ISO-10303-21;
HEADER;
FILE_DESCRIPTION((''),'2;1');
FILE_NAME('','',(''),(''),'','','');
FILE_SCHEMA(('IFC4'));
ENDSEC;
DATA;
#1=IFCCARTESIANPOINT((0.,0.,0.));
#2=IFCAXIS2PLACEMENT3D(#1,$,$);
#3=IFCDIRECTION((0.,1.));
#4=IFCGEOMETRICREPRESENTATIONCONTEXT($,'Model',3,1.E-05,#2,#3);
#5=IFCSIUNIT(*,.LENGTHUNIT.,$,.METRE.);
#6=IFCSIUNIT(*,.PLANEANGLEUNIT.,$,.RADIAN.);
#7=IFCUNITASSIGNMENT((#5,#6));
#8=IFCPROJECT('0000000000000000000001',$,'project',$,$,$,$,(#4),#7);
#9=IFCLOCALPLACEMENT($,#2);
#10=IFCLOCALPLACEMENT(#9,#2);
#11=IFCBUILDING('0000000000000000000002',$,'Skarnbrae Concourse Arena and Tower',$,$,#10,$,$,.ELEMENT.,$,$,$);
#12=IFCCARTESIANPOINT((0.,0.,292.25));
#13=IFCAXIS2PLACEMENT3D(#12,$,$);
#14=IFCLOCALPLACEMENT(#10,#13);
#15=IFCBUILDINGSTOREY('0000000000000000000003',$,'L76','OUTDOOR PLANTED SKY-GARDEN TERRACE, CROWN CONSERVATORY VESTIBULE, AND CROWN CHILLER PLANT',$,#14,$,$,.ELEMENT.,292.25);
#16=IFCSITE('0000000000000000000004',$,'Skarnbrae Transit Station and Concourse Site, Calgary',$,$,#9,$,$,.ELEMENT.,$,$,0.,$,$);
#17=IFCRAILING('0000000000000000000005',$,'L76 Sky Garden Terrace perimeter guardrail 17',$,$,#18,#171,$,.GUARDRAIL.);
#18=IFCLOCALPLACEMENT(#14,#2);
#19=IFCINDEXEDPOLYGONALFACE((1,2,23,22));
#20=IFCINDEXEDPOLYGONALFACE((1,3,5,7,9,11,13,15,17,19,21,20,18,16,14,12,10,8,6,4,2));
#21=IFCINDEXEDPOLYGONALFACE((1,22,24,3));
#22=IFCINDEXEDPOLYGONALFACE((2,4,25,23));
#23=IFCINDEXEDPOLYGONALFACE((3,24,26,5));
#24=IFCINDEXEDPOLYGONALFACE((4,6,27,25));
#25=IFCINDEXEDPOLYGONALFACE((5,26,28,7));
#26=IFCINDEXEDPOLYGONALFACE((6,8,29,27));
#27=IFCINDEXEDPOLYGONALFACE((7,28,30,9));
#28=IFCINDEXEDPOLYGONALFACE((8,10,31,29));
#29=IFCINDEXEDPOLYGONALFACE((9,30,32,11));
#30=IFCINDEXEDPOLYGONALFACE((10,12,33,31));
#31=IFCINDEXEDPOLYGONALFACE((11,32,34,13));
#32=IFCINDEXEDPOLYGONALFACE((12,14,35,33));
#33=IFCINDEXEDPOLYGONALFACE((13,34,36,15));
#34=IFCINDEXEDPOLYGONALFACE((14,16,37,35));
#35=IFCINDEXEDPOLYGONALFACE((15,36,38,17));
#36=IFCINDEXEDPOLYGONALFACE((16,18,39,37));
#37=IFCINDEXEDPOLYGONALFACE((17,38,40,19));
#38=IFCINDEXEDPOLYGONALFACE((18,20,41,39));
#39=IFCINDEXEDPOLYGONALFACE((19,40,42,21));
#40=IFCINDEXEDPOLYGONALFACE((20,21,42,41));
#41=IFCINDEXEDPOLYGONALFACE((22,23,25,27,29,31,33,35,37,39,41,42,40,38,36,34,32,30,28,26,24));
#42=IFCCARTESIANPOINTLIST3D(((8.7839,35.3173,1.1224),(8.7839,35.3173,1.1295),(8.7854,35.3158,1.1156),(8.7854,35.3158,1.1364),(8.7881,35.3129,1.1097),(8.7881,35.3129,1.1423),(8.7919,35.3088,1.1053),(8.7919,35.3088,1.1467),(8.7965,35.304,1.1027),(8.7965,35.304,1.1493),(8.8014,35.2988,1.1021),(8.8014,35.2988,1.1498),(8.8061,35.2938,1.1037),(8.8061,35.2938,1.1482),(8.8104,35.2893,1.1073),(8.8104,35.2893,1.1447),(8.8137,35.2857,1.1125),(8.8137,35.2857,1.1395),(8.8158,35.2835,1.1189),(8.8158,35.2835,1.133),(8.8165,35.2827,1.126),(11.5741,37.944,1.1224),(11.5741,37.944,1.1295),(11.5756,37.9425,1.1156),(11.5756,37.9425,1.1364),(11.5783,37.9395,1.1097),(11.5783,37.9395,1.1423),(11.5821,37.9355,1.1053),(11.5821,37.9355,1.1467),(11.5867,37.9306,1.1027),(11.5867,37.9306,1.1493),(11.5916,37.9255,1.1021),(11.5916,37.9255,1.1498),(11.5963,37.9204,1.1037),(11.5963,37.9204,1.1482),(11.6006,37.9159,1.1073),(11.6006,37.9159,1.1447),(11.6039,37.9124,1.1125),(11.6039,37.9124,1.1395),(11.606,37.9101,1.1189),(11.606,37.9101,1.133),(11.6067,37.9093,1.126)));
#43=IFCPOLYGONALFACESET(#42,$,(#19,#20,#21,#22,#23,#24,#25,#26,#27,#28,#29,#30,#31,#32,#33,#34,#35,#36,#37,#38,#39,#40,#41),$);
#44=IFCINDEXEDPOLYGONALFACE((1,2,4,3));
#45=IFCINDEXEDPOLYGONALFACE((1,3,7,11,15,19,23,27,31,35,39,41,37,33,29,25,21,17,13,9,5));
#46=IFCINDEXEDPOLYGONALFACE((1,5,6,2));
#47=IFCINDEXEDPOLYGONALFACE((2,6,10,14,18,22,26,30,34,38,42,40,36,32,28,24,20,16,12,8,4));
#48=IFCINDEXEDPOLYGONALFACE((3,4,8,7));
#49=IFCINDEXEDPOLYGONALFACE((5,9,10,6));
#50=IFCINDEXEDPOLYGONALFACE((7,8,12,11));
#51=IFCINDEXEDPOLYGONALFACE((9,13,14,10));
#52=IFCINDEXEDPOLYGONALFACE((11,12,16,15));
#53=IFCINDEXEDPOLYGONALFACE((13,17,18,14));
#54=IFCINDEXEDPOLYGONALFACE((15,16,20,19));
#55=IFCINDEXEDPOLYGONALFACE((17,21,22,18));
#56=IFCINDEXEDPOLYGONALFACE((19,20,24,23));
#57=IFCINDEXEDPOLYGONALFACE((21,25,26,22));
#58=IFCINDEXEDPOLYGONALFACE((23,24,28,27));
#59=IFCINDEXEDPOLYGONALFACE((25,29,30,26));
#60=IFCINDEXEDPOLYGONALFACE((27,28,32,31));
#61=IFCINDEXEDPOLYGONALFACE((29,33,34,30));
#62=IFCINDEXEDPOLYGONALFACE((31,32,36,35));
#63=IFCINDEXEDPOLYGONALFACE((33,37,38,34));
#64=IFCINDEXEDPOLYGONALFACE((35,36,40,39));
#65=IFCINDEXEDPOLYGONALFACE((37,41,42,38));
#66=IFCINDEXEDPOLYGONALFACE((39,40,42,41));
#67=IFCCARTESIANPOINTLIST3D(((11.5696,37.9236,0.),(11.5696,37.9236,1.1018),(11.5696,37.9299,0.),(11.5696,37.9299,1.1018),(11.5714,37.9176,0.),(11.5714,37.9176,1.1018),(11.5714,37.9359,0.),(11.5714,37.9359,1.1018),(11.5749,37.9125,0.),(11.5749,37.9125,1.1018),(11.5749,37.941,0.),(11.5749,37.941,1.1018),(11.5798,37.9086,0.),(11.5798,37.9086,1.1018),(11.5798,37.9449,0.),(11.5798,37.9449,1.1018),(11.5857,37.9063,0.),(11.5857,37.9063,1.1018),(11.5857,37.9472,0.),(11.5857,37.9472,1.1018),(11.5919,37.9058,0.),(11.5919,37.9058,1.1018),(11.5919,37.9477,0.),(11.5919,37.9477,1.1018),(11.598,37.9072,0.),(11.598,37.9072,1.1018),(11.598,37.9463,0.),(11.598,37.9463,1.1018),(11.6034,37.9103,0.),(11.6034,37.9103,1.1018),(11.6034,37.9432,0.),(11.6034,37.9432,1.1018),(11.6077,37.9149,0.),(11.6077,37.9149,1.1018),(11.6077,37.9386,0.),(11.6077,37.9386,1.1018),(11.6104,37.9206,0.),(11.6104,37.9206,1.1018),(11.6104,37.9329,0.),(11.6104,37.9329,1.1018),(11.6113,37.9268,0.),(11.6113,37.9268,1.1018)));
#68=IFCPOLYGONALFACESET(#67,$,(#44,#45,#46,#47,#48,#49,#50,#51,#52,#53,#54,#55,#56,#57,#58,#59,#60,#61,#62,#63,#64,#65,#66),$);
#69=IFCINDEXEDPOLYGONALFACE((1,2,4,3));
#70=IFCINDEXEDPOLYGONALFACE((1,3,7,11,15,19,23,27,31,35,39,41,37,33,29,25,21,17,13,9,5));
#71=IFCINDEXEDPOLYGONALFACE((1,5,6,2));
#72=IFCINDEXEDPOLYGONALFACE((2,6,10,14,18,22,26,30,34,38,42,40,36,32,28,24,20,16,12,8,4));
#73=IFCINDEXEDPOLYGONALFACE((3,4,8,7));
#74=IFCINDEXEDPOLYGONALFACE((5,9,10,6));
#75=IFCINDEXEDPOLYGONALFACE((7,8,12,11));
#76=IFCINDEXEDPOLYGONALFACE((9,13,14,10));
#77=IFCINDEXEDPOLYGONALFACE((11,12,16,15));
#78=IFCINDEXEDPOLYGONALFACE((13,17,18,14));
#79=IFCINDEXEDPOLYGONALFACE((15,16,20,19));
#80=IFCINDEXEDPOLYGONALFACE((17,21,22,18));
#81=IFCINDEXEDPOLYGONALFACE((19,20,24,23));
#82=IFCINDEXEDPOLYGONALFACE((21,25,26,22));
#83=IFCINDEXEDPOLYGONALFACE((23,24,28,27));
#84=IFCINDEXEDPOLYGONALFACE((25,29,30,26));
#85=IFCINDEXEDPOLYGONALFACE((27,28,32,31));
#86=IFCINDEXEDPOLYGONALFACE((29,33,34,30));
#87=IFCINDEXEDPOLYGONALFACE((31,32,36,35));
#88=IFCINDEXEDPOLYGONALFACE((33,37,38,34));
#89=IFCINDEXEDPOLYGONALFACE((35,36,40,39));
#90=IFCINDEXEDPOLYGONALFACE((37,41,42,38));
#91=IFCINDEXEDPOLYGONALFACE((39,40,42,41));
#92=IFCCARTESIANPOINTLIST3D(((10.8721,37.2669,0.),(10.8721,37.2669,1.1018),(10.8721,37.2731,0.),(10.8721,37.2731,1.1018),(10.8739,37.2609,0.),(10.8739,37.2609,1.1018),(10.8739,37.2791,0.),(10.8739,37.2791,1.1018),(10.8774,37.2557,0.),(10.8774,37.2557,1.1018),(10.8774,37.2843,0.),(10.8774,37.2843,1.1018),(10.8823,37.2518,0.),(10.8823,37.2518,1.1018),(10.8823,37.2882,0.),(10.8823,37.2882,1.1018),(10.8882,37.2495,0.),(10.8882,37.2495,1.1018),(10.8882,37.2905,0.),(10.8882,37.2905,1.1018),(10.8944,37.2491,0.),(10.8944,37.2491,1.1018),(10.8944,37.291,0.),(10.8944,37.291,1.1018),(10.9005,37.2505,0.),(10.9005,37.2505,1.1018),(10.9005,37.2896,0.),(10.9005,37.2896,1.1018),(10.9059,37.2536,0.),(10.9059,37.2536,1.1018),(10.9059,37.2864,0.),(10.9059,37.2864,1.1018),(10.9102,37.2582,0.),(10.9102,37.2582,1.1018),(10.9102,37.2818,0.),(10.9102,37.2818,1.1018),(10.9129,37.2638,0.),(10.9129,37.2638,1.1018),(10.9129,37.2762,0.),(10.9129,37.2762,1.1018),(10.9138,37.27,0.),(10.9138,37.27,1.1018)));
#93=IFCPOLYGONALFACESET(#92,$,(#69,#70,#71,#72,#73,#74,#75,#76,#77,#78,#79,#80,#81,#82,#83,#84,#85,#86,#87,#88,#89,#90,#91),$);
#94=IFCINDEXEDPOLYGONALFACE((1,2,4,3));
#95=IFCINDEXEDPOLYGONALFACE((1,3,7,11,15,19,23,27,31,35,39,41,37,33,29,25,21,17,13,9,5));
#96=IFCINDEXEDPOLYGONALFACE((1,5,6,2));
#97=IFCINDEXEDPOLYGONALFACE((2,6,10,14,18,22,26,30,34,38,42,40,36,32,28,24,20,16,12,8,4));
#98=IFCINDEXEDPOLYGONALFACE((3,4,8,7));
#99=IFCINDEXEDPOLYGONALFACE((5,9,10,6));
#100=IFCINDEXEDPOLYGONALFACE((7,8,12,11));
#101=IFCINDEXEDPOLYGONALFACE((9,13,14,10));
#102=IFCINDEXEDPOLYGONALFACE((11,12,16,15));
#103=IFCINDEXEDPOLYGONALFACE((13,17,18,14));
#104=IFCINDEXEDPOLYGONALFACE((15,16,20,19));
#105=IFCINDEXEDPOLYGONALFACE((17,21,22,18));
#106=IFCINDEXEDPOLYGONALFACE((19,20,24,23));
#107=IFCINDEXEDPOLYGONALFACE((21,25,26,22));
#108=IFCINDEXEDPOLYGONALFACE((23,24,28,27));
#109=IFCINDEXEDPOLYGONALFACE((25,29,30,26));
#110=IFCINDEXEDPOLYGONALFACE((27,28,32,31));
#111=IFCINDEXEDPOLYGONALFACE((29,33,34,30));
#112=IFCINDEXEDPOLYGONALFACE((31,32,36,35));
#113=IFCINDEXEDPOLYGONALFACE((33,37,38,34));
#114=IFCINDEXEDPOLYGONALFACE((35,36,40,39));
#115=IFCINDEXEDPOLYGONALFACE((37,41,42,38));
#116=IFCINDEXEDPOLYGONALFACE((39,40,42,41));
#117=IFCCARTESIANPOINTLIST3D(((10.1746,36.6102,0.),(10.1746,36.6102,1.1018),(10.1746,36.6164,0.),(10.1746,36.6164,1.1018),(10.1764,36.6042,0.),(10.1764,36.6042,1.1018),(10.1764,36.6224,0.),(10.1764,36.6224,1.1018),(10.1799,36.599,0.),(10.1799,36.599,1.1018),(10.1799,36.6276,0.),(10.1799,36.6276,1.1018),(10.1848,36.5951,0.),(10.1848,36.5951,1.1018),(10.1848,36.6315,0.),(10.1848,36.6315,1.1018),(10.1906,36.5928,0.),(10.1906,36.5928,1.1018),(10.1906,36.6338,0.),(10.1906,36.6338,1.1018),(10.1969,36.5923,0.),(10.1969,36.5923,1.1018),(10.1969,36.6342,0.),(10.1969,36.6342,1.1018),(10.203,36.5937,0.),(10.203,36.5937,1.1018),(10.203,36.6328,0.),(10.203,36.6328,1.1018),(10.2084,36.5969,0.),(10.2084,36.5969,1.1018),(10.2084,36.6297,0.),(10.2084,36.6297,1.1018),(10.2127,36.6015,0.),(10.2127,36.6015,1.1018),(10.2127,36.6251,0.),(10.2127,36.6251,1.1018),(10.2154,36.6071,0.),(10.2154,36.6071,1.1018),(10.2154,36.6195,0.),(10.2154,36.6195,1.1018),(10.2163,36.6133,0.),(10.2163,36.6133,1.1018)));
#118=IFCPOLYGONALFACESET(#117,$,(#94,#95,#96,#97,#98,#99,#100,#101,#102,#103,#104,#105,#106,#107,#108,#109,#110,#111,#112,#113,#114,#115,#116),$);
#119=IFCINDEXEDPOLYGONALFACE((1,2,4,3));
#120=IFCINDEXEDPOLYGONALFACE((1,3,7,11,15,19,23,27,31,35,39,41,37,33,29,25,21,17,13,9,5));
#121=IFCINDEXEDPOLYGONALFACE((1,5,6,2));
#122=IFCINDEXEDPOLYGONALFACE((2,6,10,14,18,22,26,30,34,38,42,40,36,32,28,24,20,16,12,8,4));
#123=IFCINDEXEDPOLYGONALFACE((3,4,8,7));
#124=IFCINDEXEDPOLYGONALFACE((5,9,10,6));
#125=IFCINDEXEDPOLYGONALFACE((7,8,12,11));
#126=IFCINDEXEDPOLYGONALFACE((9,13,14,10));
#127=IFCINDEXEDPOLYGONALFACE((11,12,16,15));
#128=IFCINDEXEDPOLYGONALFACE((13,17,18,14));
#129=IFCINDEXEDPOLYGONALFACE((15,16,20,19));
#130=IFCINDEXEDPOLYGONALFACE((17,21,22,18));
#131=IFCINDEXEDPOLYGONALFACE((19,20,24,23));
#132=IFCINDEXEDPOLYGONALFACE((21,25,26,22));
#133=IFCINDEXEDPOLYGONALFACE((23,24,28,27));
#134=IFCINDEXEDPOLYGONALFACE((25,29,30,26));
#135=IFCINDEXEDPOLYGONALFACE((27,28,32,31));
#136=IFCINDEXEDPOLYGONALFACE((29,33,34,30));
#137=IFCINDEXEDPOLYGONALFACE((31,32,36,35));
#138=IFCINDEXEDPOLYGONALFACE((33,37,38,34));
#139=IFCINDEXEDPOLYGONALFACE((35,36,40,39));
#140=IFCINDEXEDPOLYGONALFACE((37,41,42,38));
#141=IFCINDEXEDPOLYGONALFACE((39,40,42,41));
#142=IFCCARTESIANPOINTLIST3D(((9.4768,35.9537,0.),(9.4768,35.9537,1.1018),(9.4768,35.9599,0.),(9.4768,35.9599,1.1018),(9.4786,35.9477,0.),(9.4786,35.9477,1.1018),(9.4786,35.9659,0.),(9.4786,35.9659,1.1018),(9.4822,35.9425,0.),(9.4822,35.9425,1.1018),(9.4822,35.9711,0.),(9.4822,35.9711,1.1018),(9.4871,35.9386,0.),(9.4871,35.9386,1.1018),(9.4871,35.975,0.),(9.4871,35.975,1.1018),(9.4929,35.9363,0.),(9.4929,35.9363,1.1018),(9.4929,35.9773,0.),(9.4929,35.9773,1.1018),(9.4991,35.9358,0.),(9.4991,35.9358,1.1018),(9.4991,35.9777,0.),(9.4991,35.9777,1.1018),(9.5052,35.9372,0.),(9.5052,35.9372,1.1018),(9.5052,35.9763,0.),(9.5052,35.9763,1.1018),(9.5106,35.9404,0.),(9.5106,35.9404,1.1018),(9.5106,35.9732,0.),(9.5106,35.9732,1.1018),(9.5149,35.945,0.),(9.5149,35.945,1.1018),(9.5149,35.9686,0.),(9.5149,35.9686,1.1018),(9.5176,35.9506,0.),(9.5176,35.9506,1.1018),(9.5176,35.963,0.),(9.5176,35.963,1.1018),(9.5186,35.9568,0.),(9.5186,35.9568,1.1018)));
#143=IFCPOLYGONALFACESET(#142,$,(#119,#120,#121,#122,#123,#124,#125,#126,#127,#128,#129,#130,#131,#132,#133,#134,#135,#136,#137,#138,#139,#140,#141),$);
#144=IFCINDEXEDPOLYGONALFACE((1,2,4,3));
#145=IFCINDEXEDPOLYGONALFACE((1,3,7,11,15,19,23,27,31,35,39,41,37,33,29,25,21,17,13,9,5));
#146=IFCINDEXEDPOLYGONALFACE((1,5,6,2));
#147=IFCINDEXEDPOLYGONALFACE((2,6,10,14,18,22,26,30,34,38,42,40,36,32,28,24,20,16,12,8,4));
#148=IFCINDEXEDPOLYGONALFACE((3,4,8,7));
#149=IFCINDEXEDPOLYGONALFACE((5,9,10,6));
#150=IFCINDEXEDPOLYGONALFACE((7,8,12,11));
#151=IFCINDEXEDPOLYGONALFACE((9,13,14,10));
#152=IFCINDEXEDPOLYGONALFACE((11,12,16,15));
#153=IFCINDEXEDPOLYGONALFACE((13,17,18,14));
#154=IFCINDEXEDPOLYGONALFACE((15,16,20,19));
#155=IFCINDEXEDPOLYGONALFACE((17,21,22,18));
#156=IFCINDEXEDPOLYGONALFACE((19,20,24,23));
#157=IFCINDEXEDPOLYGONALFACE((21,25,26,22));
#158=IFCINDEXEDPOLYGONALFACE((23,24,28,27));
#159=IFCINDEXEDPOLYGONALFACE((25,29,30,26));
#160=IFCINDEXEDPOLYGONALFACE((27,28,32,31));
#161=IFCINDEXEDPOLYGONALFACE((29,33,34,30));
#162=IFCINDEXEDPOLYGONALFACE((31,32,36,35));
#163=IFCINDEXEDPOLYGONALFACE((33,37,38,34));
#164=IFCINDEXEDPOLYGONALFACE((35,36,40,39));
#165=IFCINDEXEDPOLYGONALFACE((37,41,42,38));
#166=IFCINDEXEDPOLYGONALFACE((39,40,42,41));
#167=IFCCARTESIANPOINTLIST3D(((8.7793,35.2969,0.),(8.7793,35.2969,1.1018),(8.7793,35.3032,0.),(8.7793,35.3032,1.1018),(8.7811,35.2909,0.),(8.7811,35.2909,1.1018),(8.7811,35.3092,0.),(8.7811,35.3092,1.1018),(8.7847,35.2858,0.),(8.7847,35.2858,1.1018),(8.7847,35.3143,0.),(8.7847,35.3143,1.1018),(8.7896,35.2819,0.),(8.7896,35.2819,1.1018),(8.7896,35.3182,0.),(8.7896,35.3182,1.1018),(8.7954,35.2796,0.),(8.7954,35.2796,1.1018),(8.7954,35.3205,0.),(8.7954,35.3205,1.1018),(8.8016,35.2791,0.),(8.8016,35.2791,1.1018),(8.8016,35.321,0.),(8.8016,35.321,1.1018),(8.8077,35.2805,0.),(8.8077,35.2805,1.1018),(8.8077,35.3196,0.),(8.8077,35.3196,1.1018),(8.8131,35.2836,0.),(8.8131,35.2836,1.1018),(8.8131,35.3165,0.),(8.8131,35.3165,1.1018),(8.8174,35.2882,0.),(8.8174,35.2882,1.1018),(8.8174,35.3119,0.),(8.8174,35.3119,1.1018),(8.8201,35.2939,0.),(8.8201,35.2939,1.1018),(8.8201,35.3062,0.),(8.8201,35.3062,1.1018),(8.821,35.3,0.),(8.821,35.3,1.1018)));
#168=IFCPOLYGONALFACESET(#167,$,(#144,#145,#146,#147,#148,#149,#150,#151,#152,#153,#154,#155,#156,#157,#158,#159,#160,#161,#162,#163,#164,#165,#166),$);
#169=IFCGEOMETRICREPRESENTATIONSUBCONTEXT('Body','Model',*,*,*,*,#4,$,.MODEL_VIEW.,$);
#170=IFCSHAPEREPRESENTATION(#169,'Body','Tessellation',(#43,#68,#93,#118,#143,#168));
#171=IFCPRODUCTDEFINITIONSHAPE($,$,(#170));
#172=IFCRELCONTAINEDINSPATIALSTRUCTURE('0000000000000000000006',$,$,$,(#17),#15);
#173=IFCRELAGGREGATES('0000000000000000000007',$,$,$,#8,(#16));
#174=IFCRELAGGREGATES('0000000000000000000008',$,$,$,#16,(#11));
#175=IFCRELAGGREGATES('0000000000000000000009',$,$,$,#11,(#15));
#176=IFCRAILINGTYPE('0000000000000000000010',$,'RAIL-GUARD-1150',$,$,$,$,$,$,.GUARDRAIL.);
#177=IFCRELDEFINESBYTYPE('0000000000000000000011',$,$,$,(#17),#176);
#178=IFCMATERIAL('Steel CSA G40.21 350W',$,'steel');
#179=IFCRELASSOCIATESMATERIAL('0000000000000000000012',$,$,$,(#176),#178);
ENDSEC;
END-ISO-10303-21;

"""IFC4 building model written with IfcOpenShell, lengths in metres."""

from ifc_helpers import new_model, si_unit, direction, frame, origin, origin_2d, place, context, subcontext, project, spatial, circle, extrude, material, type_object, element, save


model = new_model("IFC4")

# Units and contexts
model_context = context("Model", 3, precision=1e-05, world=origin(), true_north=direction((0.0, 1.0)))
body_context = subcontext(model_context, "Body", "Model", "MODEL_VIEW")
ifc_project = project(units=[si_unit("LENGTHUNIT", "METRE"), si_unit("PLANEANGLEUNIT", "RADIAN")], contexts=[model_context])

# Site, building, storey
site_placement = place(None, origin())
site = spatial("IfcSite", under=ifc_project, at=site_placement, Name="Skarnbrae Transit Station and Concourse Site, Calgary", CompositionType="ELEMENT", RefElevation=0.0)
building_placement = place(site_placement, origin())
building = spatial("IfcBuilding", under=site, at=building_placement, Name="Skarnbrae Concourse Arena and Tower", CompositionType="ELEMENT")
storey_placement = place(building_placement, frame((0.0, 0.0, 292.25)))
storey = spatial("IfcBuildingStorey", under=building, at=storey_placement, Name="L76", Description="OUTDOOR PLANTED SKY-GARDEN TERRACE, CROWN CONSERVATORY VESTIBULE, AND CROWN CHILLER PLANT", CompositionType="ELEMENT", Elevation=292.25)

# Shared definitions
ifc_material_1 = material(Name="Steel CSA G40.21 350W", Category="steel")

# Railing
railing_type = type_object("IfcRailingType", Name="RAIL-GUARD-1150", PredefinedType="GUARDRAIL", material=ifc_material_1)
railing_1_placement = place(storey_placement, frame((11.5903, 37.9268, 0.0)))
element("IfcRailing", 1, at=railing_1_placement, inside=storey, type_object=railing_type, Name="L76 Sky Garden Terrace perimeter guardrail 17", PredefinedType="GUARDRAIL", context=body_context, shape_type="SweptSolid", body=[
    extrude(circle(Radius=0.0239, at=origin_2d()), frame((0.0, 0.0, 1.126), z_axis=(-0.728127, -0.685442, 0.0), x_axis=(0.685442, -0.728127, 0.0)), (0.0, 0.0, 1.0), 3.832),
    extrude(circle(Radius=0.021, at=origin_2d()), origin(), (0.0, 0.0, 1.0), 1.1018),
    extrude(circle(Radius=0.021, at=origin_2d()), frame((-0.6975, -0.6567, 0.0)), (0.0, 0.0, 1.0), 1.1018),
    extrude(circle(Radius=0.021, at=origin_2d()), frame((-1.395, -1.3135, 0.0)), (0.0, 0.0, 1.0), 1.1018),
    extrude(circle(Radius=0.021, at=origin_2d()), frame((-2.0928, -1.97, 0.0)), (0.0, 0.0, 1.0), 1.1018),
    extrude(circle(Radius=0.021, at=origin_2d()), frame((-2.7903, -2.6267, 0.0)), (0.0, 0.0, 1.0), 1.1018),
])

save(model, "model.ifc")
